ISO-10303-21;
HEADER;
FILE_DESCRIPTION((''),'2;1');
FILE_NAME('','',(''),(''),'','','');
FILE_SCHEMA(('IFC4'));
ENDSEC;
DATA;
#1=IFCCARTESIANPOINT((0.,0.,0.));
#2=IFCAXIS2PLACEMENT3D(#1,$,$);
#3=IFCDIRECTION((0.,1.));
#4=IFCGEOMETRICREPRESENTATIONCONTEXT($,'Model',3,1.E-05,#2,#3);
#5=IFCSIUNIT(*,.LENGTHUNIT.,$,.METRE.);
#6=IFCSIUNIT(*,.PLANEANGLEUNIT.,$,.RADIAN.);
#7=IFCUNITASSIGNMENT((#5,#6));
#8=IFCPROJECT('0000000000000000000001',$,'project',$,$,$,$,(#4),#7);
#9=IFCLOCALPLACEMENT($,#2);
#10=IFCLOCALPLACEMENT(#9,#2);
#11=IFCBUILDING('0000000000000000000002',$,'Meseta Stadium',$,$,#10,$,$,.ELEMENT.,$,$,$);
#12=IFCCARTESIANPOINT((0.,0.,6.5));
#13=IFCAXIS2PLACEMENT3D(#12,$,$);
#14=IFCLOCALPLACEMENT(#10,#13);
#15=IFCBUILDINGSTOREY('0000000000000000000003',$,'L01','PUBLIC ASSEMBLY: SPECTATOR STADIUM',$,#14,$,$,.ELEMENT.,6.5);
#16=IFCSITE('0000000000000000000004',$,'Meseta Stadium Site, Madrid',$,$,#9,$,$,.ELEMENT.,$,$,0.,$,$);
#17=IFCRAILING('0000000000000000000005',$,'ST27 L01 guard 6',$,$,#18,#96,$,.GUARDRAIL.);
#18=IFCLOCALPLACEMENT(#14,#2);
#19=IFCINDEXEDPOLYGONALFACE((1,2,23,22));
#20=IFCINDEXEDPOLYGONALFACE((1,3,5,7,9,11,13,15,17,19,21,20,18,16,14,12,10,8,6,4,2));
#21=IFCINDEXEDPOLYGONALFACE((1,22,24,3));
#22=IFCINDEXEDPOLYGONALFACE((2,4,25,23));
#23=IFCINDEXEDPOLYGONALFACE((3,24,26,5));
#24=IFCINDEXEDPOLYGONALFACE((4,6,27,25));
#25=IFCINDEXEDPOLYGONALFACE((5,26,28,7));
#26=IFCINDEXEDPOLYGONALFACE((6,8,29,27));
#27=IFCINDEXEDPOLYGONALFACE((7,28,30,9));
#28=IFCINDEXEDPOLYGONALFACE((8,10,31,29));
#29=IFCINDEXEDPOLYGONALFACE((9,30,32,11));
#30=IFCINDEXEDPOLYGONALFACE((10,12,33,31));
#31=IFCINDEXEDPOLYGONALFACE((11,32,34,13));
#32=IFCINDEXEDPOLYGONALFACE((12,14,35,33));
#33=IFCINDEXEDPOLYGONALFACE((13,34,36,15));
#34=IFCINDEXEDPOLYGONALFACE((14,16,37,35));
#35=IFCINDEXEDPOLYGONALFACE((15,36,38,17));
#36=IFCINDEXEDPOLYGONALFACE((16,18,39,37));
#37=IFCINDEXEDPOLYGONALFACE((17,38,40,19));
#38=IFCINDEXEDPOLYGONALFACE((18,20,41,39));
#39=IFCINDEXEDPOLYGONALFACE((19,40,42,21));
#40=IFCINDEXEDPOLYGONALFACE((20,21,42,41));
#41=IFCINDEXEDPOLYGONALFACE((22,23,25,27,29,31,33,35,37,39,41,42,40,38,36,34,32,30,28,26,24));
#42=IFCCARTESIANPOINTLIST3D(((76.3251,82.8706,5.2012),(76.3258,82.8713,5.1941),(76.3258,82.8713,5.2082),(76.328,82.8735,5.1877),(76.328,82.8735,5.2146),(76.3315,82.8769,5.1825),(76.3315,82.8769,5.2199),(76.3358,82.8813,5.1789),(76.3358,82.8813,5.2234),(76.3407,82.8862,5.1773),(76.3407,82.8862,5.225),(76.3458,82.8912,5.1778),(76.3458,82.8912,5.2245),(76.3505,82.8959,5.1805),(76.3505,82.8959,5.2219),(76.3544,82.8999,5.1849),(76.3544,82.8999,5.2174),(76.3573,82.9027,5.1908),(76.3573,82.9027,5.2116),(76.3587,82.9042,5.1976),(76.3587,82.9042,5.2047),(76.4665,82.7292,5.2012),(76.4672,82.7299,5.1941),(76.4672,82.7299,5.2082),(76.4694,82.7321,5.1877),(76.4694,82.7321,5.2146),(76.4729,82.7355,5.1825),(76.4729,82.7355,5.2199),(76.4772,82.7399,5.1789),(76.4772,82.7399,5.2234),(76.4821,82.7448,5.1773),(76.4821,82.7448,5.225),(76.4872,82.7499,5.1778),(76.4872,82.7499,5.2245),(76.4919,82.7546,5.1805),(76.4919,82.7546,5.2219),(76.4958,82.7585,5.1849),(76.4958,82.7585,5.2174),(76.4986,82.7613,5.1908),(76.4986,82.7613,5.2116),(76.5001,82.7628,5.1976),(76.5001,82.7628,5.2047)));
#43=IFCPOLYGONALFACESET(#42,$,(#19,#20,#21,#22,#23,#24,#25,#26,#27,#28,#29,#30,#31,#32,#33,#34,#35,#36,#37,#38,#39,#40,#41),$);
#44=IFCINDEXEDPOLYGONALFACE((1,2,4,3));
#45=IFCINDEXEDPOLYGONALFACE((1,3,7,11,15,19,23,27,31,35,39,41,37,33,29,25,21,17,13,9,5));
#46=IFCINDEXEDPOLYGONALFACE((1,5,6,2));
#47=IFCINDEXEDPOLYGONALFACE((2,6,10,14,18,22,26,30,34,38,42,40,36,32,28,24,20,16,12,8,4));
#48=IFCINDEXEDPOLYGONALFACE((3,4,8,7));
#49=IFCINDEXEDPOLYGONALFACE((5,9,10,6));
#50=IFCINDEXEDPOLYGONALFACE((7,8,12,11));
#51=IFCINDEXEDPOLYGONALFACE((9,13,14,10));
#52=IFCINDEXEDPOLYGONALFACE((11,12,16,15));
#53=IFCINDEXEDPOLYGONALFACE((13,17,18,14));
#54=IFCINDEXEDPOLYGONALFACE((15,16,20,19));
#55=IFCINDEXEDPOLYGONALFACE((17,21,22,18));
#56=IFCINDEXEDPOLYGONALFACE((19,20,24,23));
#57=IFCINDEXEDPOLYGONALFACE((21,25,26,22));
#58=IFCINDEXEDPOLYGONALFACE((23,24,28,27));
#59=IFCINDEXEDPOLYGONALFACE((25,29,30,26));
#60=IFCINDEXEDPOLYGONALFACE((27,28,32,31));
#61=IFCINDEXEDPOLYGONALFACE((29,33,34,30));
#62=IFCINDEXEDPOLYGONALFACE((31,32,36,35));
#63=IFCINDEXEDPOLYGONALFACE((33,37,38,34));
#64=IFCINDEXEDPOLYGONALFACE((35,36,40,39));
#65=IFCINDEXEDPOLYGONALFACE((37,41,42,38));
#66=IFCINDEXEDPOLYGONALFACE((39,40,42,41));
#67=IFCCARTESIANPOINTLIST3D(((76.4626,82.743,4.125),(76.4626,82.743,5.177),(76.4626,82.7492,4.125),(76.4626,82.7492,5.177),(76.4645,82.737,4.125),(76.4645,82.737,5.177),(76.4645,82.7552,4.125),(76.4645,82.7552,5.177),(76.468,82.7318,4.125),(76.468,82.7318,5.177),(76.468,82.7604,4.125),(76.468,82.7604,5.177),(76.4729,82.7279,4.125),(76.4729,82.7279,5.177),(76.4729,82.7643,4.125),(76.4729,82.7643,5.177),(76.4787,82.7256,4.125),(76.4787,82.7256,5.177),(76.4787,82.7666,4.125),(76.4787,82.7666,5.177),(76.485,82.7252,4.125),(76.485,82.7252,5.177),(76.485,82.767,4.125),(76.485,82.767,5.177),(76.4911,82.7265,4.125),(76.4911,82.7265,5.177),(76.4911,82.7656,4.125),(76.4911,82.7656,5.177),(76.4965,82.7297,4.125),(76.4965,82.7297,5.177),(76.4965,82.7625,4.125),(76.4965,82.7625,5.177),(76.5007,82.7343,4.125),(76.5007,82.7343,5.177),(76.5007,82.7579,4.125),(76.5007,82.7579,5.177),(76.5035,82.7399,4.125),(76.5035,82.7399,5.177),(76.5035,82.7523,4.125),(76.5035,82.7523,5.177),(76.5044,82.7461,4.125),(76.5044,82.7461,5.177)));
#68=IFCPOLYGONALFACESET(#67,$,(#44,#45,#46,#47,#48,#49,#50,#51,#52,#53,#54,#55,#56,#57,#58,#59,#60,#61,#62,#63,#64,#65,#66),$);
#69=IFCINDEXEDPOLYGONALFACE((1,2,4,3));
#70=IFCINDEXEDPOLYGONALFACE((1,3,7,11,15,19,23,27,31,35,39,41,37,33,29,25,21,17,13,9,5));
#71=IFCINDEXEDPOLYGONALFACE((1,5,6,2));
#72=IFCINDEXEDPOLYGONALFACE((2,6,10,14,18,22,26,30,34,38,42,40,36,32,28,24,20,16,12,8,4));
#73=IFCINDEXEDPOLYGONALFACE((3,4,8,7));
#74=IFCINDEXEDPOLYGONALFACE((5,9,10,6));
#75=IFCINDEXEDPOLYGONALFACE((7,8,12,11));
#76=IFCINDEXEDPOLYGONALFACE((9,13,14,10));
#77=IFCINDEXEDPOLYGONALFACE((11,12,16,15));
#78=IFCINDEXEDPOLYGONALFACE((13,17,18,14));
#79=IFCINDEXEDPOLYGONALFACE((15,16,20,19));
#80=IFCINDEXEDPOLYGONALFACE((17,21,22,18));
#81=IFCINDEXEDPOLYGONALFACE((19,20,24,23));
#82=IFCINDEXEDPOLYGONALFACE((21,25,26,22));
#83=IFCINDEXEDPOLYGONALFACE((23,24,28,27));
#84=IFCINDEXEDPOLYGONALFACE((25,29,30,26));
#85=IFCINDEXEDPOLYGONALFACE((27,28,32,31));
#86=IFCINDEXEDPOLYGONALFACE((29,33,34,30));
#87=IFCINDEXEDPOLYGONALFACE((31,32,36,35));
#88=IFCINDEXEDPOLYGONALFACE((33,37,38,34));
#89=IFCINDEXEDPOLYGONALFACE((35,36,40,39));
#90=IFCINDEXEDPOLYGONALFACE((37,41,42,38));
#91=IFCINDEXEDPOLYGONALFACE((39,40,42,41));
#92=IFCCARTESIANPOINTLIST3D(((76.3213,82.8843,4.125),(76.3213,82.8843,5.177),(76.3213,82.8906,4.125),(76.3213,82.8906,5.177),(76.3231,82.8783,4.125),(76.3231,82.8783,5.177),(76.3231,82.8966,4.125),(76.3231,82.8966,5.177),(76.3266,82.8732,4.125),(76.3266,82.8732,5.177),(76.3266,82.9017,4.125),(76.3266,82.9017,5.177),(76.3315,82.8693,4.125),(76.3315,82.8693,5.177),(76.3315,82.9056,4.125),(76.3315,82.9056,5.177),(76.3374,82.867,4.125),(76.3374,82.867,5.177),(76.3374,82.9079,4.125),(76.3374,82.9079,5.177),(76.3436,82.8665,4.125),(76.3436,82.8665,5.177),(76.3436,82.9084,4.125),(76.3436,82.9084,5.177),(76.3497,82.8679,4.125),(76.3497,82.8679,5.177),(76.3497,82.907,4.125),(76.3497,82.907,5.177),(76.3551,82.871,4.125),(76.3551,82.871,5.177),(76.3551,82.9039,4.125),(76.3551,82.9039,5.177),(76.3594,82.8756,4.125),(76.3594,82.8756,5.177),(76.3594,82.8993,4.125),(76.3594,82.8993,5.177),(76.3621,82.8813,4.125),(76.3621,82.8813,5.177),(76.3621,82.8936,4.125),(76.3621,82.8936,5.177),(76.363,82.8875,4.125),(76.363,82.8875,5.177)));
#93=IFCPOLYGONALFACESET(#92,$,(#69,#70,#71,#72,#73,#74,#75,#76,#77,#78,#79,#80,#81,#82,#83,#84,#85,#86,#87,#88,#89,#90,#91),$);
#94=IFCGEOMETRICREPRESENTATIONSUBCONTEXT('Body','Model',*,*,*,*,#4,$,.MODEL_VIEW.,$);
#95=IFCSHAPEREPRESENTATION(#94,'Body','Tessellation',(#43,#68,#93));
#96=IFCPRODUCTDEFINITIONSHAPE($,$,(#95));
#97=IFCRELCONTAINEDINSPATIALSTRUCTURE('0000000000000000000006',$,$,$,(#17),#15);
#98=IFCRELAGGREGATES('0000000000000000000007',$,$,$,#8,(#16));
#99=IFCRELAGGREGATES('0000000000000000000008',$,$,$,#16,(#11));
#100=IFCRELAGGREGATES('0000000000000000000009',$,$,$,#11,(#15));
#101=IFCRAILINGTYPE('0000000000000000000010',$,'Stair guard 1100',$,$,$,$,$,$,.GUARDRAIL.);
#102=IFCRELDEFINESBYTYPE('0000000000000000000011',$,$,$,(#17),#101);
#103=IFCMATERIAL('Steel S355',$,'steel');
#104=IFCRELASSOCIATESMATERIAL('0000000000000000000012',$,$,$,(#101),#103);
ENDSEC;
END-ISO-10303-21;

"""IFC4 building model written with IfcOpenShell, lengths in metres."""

from ifc_helpers import new_model, si_unit, direction, frame, origin, origin_2d, place, context, subcontext, project, spatial, circle, extrude, material, type_object, element, save


model = new_model("IFC4")

# Units and contexts
model_context = context("Model", 3, precision=1e-05, world=origin(), true_north=direction((0.0, 1.0)))
body_context = subcontext(model_context, "Body", "Model", "MODEL_VIEW")
ifc_project = project(units=[si_unit("LENGTHUNIT", "METRE"), si_unit("PLANEANGLEUNIT", "RADIAN")], contexts=[model_context])

# Site, building, storey
site_placement = place(None, origin())
site = spatial("IfcSite", under=ifc_project, at=site_placement, Name="Meseta Stadium Site, Madrid", CompositionType="ELEMENT", RefElevation=0.0)
building_placement = place(site_placement, origin())
building = spatial("IfcBuilding", under=site, at=building_placement, Name="Meseta Stadium", CompositionType="ELEMENT")
storey_placement = place(building_placement, frame((0.0, 0.0, 6.5)))
storey = spatial("IfcBuildingStorey", under=building, at=storey_placement, Name="L01", Description="PUBLIC ASSEMBLY: SPECTATOR STADIUM", CompositionType="ELEMENT", Elevation=6.5)

# Railing
ifc_material_1 = material(Name="Steel S355", Category="steel")
railing_type_1 = type_object("IfcRailingType", Name="Stair guard 1100", PredefinedType="GUARDRAIL", material=ifc_material_1)
railing_1_placement = place(storey_placement, frame((76.4834, 82.7461, 4.125)))
element("IfcRailing", 1, at=railing_1_placement, inside=storey, type_object=railing_type_1, Name="ST27 L01 guard 6", PredefinedType="GUARDRAIL", context=body_context, shape_type="SweptSolid", body=[
    extrude(circle(Radius=0.0239, at=origin_2d()), frame((0.0, 0.0, 1.0762), z_axis=(-0.707107, 0.707107, 0.0), x_axis=(-0.707107, -0.707107, 0.0)), (0.0, 0.0, 1.0), 0.2),
    extrude(circle(Radius=0.021, at=origin_2d()), origin(), (0.0, 0.0, 1.0), 1.052),
    extrude(circle(Radius=0.021, at=origin_2d()), frame((-0.1414, 0.1414, 0.0)), (0.0, 0.0, 1.0), 1.052),
])

save(model, "model.ifc")
